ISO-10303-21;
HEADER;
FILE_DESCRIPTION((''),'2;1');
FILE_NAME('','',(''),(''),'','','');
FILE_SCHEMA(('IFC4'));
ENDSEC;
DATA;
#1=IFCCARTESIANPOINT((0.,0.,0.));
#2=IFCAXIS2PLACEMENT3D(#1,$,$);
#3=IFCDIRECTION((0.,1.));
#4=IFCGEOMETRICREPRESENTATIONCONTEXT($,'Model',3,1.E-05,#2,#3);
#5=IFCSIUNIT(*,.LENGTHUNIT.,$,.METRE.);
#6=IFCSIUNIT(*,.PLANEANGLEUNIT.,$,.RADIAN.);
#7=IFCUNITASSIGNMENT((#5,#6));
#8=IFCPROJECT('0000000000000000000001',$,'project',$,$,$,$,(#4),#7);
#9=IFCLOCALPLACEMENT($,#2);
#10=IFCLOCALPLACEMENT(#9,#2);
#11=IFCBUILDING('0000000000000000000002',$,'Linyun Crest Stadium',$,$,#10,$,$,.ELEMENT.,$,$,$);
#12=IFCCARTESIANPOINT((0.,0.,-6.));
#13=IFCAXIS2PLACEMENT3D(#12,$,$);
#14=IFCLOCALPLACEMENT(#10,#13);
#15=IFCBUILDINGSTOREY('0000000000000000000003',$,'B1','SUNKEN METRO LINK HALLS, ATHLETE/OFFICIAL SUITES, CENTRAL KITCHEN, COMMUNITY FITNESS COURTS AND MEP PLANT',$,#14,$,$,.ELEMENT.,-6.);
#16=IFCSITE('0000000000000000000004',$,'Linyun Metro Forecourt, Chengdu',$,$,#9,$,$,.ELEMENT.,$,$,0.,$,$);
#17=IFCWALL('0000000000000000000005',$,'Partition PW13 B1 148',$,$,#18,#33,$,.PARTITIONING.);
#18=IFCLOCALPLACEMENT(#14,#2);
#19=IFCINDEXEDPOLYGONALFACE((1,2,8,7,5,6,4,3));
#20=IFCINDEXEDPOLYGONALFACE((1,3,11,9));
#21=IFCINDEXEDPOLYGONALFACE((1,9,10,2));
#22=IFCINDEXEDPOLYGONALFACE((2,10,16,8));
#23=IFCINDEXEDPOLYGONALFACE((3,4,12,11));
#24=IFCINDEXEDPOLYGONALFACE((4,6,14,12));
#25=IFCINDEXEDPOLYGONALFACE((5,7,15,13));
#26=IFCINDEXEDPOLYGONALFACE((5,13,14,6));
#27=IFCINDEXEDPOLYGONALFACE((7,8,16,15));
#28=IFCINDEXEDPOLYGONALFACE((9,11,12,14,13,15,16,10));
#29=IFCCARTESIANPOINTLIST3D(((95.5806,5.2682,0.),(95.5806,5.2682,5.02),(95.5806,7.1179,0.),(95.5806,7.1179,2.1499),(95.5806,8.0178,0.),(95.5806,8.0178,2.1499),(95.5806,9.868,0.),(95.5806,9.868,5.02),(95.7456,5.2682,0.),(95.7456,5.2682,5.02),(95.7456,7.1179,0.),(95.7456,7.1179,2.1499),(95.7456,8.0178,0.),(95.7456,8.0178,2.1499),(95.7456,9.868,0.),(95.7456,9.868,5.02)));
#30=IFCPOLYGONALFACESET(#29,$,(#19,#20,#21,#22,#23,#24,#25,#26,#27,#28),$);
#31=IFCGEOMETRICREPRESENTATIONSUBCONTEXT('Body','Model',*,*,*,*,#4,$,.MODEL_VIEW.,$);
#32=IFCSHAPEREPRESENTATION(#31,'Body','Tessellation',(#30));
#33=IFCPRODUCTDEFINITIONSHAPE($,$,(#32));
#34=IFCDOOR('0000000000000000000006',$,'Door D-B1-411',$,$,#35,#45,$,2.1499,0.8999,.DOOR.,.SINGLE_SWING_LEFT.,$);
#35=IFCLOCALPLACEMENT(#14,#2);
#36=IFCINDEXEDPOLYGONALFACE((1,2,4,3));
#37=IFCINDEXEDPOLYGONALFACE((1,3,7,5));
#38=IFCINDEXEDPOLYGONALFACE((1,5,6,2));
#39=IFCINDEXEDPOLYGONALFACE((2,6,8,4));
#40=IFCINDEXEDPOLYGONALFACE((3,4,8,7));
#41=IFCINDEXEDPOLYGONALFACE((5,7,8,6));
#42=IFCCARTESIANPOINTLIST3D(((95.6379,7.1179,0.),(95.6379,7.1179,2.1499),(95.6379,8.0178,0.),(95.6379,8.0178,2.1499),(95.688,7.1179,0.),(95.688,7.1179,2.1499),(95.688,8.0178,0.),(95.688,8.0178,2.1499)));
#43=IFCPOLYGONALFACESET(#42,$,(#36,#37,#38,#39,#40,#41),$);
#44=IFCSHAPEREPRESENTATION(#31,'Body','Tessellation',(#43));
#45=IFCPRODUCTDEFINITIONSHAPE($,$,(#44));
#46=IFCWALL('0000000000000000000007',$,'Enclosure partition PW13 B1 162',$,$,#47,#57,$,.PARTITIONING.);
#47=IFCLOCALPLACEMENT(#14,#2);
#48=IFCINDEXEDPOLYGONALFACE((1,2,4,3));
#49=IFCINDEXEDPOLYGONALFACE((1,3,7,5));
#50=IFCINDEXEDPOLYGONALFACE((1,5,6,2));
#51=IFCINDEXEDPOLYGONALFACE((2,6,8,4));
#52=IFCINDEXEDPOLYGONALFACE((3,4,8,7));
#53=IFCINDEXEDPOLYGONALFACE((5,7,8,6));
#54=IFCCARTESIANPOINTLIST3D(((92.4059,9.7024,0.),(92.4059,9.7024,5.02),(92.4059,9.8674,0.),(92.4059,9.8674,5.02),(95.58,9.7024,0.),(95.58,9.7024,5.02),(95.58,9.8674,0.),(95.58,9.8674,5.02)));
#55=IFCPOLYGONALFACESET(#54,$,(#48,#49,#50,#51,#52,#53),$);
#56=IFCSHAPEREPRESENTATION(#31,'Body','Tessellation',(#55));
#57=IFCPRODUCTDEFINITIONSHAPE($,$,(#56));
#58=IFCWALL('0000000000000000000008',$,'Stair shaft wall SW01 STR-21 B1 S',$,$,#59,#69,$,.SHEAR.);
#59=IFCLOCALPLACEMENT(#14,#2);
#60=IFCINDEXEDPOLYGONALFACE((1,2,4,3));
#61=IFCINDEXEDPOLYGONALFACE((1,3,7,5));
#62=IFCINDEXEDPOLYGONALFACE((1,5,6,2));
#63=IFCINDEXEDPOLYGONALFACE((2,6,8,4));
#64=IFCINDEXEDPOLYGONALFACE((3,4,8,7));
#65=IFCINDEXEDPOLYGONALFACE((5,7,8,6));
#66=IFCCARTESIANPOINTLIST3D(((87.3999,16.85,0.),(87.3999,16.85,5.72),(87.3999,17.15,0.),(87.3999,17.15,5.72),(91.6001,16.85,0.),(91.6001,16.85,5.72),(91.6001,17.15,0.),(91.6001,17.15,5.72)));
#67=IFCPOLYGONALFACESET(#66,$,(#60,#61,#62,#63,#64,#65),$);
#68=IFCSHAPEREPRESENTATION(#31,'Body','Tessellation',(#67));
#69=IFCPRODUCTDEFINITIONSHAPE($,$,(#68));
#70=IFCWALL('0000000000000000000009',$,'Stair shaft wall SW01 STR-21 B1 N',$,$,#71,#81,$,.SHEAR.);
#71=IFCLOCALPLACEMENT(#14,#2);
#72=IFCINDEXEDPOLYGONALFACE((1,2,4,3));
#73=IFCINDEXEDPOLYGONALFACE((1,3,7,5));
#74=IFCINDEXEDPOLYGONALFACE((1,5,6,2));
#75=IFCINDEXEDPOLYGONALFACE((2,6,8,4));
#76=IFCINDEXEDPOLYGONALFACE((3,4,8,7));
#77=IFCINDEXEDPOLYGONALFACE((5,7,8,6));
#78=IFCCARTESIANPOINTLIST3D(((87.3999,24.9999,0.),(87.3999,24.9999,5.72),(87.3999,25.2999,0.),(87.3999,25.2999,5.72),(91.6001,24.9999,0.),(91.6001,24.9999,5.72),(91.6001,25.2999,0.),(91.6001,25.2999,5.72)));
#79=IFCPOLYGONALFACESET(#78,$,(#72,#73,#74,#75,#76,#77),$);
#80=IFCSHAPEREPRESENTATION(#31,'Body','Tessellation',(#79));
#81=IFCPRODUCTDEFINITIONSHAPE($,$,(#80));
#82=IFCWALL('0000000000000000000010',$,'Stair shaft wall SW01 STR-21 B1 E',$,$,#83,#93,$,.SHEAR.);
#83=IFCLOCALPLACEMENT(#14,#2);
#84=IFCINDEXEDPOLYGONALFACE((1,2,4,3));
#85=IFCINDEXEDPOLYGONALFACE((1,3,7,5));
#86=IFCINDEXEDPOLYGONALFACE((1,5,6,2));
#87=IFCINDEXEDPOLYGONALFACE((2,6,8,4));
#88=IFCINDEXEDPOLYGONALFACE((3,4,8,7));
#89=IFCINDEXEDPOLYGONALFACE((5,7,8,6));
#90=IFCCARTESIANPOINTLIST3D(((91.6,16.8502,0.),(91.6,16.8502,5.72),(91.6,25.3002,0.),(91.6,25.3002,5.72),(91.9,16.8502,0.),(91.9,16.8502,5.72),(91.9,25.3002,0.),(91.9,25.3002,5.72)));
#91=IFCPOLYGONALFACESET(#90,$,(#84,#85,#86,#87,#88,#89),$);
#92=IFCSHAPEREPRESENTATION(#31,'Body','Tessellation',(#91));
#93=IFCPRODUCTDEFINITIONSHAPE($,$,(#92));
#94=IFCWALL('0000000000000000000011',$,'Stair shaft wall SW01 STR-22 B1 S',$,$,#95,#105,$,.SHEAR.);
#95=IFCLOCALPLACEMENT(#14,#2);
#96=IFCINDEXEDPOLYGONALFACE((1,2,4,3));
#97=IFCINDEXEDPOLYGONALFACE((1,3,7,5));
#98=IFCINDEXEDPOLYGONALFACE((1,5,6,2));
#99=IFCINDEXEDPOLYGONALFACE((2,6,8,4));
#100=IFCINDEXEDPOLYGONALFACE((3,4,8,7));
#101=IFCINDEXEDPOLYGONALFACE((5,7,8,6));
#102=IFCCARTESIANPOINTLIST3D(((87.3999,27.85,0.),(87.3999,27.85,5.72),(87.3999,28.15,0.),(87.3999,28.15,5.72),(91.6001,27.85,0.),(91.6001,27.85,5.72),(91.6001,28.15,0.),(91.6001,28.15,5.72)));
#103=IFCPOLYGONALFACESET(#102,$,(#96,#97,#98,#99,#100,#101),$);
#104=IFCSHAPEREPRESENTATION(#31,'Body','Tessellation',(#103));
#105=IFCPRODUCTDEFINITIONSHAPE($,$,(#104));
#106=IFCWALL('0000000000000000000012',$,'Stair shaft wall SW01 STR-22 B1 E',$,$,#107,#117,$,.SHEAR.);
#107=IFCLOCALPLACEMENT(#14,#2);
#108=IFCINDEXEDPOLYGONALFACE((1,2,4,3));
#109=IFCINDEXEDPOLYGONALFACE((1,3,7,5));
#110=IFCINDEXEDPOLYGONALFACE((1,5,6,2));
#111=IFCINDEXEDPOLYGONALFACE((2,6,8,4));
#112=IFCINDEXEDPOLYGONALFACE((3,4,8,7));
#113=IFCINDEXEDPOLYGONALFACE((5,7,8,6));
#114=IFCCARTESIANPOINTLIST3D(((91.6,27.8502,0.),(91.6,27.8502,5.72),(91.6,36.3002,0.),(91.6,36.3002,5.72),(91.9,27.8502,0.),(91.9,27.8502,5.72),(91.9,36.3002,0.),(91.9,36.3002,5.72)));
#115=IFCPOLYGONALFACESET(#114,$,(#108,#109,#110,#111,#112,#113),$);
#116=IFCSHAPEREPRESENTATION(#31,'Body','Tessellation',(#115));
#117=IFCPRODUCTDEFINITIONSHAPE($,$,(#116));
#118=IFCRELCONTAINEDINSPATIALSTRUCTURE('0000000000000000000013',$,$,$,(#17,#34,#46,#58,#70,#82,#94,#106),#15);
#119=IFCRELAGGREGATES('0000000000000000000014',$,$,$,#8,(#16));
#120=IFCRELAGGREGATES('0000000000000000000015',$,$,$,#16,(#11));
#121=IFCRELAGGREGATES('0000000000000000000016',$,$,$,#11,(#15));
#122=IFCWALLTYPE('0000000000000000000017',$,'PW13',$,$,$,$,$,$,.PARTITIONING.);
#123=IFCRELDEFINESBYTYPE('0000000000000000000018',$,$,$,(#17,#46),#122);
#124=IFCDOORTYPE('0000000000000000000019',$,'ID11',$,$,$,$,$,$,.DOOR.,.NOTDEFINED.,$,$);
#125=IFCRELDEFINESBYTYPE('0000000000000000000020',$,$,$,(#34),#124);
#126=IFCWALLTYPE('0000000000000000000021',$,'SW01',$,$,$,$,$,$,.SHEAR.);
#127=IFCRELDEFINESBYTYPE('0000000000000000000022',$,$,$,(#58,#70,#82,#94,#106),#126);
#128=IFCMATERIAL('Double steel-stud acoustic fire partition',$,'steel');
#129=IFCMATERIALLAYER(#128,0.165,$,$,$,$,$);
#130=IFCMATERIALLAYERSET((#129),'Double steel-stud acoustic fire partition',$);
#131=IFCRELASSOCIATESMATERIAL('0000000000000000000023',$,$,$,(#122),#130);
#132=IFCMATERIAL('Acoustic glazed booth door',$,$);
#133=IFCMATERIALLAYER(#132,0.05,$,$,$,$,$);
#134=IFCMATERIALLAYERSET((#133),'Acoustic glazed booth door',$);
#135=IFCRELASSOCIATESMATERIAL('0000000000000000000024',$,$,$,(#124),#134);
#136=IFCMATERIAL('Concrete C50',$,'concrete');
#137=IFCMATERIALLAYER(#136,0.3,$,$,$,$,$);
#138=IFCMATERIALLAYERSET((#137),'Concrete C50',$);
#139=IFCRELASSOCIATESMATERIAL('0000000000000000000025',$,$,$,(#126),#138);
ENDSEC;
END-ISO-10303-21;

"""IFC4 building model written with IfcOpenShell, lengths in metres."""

from ifc_helpers import new_model, si_unit, direction, frame, frame_2d, origin, place, context, subcontext, project, spatial, rectangle, extrude, material, layer, layer_set, type_object, element, fill, save


model = new_model("IFC4")

# Units and contexts
model_context = context("Model", 3, precision=1e-05, world=origin(), true_north=direction((0.0, 1.0)))
body_context = subcontext(model_context, "Body", "Model", "MODEL_VIEW")
ifc_project = project(units=[si_unit("LENGTHUNIT", "METRE"), si_unit("PLANEANGLEUNIT", "RADIAN")], contexts=[model_context])

# Site, building, storey
site_placement = place(None, origin())
site = spatial("IfcSite", under=ifc_project, at=site_placement, Name="Linyun Metro Forecourt, Chengdu", CompositionType="ELEMENT", RefElevation=0.0)
building_placement = place(site_placement, origin())
building = spatial("IfcBuilding", under=site, at=building_placement, Name="Linyun Crest Stadium", CompositionType="ELEMENT")
storey_placement = place(building_placement, frame((0.0, 0.0, -6.0)))
storey = spatial("IfcBuildingStorey", under=building, at=storey_placement, Name="B1", Description="SUNKEN METRO LINK HALLS, ATHLETE/OFFICIAL SUITES, CENTRAL KITCHEN, COMMUNITY FITNESS COURTS AND MEP PLANT", CompositionType="ELEMENT", Elevation=-6.0)

# Wall, opening, door
ifc_material_1 = material(Name="Double steel-stud acoustic fire partition", Category="steel")
ifc_layer_1 = layer(ifc_material_1, 0.165)
ifc_layer_set_1 = layer_set([ifc_layer_1], Name="Double steel-stud acoustic fire partition")
wall_type_1 = type_object("IfcWallType", Name="PW13", PredefinedType="PARTITIONING", material=ifc_layer_set_1)
wall_1_placement = place(storey_placement, frame((95.6631, 9.8679, 0.0), z_axis=(0.0, 0.0, 1.0), x_axis=(0.0, -1.0, 0.0)))
wall_1 = element("IfcWall", 1, at=wall_1_placement, inside=storey, type_object=wall_type_1, Name="Partition PW13 B1 148", PredefinedType="PARTITIONING", context=body_context, shape_type="SweptSolid", body=[
    extrude(rectangle(XDim=4.5999, YDim=0.165, at=frame_2d((2.2998, 0.0))), origin(), (0.0, 0.0, 1.0), 5.02),
])
opening_1_placement = place(wall_1_placement, frame((1.8501, 0.0, 0.0)))
opening_1 = element("IfcOpeningElement", 2, at=opening_1_placement, cuts=wall_1, PredefinedType="OPENING", context=body_context, shape_type="SweptSolid", body=[
    extrude(rectangle(XDim=0.8999, YDim=2.1499, at=frame_2d((0.45, 1.075))), frame((0.0, 0.0925, 0.0), z_axis=(0.0, -1.0, 0.0), x_axis=(1.0, 0.0, 0.0)), (0.0, 0.0, 1.0), 0.1851),
])
ifc_material_2 = material(Name="Acoustic glazed booth door")
ifc_layer_2 = layer(ifc_material_2, 0.05)
ifc_layer_set_2 = layer_set([ifc_layer_2], Name="Acoustic glazed booth door")
door_type = type_object("IfcDoorType", Name="ID11", OperationType="NOTDEFINED", PredefinedType="DOOR", material=ifc_layer_set_2)
door_placement = place(opening_1_placement, origin())
door = element("IfcDoor", 3, at=door_placement, inside=storey, type_object=door_type, Name="Door D-B1-411", OperationType="SINGLE_SWING_LEFT", OverallHeight=2.1499, OverallWidth=0.8999, PredefinedType="DOOR", context=body_context, shape_type="SweptSolid", body=[
    extrude(rectangle(XDim=0.8999, YDim=2.1499, at=frame_2d((0.45, 1.075))), frame((0.0, 0.0249, 0.0), z_axis=(0.0, -1.0, 0.0), x_axis=(1.0, 0.0, 0.0)), (0.0, 0.0, 1.0), 0.05),
])
fill(opening_1, door)

# Walls
wall_2_placement = place(storey_placement, frame((92.406, 9.7849, 0.0), z_axis=(0.0, 0.0, 1.0), x_axis=(1.0, 0.0, 0.0)))
element("IfcWall", 4, at=wall_2_placement, inside=storey, type_object=wall_type_1, Name="Enclosure partition PW13 B1 162", PredefinedType="PARTITIONING", context=body_context, shape_type="SweptSolid", body=[
    extrude(rectangle(XDim=3.1741, YDim=0.165, at=frame_2d((1.5869, 0.0))), origin(), (0.0, 0.0, 1.0), 5.02),
])
ifc_material_3 = material(Name="Concrete C50", Category="concrete")
ifc_layer_3 = layer(ifc_material_3, 0.3)
ifc_layer_set_3 = layer_set([ifc_layer_3], Name="Concrete C50")
wall_type_2 = type_object("IfcWallType", Name="SW01", PredefinedType="SHEAR", material=ifc_layer_set_3)
for number, where, z_axis, x_axis, name in (
    (5, (87.3999, 17.0, 0.0), (0.0, 0.0, 1.0), (1.0, 0.0, 0.0), "Stair shaft wall SW01 STR-21 B1 S"),
    (6, (87.3999, 25.1499, 0.0), (0.0, 0.0, 1.0), (1.0, 0.0, 0.0), "Stair shaft wall SW01 STR-21 B1 N"),
):
    element("IfcWall", number, at=place(storey_placement, frame(where, z_axis=z_axis, x_axis=x_axis)), inside=storey, type_object=wall_type_2, Name=name, PredefinedType="SHEAR", context=body_context, shape_type="SweptSolid", body=[
        extrude(rectangle(XDim=4.2002, YDim=0.3, at=frame_2d((2.1001, 0.0))), origin(), (0.0, 0.0, 1.0), 5.72),
    ])
wall_3_placement = place(storey_placement, frame((91.75, 16.8501, 0.0), z_axis=(0.0, 0.0, 1.0), x_axis=(0.0, 1.0, 0.0)))
element("IfcWall", 7, at=wall_3_placement, inside=storey, type_object=wall_type_2, Name="Stair shaft wall SW01 STR-21 B1 E", PredefinedType="SHEAR", context=body_context, shape_type="SweptSolid", body=[
    extrude(rectangle(XDim=8.45, YDim=0.3, at=frame_2d((4.2251, 0.0))), origin(), (0.0, 0.0, 1.0), 5.72),
])
wall_4_placement = place(storey_placement, frame((87.3999, 28.0, 0.0), z_axis=(0.0, 0.0, 1.0), x_axis=(1.0, 0.0, 0.0)))
element("IfcWall", 8, at=wall_4_placement, inside=storey, type_object=wall_type_2, Name="Stair shaft wall SW01 STR-22 B1 S", PredefinedType="SHEAR", context=body_context, shape_type="SweptSolid", body=[
    extrude(rectangle(XDim=4.2002, YDim=0.3, at=frame_2d((2.1001, 0.0))), origin(), (0.0, 0.0, 1.0), 5.72),
])
wall_5_placement = place(storey_placement, frame((91.75, 27.8501, 0.0), z_axis=(0.0, 0.0, 1.0), x_axis=(0.0, 1.0, 0.0)))
element("IfcWall", 9, at=wall_5_placement, inside=storey, type_object=wall_type_2, Name="Stair shaft wall SW01 STR-22 B1 E", PredefinedType="SHEAR", context=body_context, shape_type="SweptSolid", body=[
    extrude(rectangle(XDim=8.45, YDim=0.3, at=frame_2d((4.2251, 0.0))), origin(), (0.0, 0.0, 1.0), 5.72),
])

save(model, "model.ifc")
